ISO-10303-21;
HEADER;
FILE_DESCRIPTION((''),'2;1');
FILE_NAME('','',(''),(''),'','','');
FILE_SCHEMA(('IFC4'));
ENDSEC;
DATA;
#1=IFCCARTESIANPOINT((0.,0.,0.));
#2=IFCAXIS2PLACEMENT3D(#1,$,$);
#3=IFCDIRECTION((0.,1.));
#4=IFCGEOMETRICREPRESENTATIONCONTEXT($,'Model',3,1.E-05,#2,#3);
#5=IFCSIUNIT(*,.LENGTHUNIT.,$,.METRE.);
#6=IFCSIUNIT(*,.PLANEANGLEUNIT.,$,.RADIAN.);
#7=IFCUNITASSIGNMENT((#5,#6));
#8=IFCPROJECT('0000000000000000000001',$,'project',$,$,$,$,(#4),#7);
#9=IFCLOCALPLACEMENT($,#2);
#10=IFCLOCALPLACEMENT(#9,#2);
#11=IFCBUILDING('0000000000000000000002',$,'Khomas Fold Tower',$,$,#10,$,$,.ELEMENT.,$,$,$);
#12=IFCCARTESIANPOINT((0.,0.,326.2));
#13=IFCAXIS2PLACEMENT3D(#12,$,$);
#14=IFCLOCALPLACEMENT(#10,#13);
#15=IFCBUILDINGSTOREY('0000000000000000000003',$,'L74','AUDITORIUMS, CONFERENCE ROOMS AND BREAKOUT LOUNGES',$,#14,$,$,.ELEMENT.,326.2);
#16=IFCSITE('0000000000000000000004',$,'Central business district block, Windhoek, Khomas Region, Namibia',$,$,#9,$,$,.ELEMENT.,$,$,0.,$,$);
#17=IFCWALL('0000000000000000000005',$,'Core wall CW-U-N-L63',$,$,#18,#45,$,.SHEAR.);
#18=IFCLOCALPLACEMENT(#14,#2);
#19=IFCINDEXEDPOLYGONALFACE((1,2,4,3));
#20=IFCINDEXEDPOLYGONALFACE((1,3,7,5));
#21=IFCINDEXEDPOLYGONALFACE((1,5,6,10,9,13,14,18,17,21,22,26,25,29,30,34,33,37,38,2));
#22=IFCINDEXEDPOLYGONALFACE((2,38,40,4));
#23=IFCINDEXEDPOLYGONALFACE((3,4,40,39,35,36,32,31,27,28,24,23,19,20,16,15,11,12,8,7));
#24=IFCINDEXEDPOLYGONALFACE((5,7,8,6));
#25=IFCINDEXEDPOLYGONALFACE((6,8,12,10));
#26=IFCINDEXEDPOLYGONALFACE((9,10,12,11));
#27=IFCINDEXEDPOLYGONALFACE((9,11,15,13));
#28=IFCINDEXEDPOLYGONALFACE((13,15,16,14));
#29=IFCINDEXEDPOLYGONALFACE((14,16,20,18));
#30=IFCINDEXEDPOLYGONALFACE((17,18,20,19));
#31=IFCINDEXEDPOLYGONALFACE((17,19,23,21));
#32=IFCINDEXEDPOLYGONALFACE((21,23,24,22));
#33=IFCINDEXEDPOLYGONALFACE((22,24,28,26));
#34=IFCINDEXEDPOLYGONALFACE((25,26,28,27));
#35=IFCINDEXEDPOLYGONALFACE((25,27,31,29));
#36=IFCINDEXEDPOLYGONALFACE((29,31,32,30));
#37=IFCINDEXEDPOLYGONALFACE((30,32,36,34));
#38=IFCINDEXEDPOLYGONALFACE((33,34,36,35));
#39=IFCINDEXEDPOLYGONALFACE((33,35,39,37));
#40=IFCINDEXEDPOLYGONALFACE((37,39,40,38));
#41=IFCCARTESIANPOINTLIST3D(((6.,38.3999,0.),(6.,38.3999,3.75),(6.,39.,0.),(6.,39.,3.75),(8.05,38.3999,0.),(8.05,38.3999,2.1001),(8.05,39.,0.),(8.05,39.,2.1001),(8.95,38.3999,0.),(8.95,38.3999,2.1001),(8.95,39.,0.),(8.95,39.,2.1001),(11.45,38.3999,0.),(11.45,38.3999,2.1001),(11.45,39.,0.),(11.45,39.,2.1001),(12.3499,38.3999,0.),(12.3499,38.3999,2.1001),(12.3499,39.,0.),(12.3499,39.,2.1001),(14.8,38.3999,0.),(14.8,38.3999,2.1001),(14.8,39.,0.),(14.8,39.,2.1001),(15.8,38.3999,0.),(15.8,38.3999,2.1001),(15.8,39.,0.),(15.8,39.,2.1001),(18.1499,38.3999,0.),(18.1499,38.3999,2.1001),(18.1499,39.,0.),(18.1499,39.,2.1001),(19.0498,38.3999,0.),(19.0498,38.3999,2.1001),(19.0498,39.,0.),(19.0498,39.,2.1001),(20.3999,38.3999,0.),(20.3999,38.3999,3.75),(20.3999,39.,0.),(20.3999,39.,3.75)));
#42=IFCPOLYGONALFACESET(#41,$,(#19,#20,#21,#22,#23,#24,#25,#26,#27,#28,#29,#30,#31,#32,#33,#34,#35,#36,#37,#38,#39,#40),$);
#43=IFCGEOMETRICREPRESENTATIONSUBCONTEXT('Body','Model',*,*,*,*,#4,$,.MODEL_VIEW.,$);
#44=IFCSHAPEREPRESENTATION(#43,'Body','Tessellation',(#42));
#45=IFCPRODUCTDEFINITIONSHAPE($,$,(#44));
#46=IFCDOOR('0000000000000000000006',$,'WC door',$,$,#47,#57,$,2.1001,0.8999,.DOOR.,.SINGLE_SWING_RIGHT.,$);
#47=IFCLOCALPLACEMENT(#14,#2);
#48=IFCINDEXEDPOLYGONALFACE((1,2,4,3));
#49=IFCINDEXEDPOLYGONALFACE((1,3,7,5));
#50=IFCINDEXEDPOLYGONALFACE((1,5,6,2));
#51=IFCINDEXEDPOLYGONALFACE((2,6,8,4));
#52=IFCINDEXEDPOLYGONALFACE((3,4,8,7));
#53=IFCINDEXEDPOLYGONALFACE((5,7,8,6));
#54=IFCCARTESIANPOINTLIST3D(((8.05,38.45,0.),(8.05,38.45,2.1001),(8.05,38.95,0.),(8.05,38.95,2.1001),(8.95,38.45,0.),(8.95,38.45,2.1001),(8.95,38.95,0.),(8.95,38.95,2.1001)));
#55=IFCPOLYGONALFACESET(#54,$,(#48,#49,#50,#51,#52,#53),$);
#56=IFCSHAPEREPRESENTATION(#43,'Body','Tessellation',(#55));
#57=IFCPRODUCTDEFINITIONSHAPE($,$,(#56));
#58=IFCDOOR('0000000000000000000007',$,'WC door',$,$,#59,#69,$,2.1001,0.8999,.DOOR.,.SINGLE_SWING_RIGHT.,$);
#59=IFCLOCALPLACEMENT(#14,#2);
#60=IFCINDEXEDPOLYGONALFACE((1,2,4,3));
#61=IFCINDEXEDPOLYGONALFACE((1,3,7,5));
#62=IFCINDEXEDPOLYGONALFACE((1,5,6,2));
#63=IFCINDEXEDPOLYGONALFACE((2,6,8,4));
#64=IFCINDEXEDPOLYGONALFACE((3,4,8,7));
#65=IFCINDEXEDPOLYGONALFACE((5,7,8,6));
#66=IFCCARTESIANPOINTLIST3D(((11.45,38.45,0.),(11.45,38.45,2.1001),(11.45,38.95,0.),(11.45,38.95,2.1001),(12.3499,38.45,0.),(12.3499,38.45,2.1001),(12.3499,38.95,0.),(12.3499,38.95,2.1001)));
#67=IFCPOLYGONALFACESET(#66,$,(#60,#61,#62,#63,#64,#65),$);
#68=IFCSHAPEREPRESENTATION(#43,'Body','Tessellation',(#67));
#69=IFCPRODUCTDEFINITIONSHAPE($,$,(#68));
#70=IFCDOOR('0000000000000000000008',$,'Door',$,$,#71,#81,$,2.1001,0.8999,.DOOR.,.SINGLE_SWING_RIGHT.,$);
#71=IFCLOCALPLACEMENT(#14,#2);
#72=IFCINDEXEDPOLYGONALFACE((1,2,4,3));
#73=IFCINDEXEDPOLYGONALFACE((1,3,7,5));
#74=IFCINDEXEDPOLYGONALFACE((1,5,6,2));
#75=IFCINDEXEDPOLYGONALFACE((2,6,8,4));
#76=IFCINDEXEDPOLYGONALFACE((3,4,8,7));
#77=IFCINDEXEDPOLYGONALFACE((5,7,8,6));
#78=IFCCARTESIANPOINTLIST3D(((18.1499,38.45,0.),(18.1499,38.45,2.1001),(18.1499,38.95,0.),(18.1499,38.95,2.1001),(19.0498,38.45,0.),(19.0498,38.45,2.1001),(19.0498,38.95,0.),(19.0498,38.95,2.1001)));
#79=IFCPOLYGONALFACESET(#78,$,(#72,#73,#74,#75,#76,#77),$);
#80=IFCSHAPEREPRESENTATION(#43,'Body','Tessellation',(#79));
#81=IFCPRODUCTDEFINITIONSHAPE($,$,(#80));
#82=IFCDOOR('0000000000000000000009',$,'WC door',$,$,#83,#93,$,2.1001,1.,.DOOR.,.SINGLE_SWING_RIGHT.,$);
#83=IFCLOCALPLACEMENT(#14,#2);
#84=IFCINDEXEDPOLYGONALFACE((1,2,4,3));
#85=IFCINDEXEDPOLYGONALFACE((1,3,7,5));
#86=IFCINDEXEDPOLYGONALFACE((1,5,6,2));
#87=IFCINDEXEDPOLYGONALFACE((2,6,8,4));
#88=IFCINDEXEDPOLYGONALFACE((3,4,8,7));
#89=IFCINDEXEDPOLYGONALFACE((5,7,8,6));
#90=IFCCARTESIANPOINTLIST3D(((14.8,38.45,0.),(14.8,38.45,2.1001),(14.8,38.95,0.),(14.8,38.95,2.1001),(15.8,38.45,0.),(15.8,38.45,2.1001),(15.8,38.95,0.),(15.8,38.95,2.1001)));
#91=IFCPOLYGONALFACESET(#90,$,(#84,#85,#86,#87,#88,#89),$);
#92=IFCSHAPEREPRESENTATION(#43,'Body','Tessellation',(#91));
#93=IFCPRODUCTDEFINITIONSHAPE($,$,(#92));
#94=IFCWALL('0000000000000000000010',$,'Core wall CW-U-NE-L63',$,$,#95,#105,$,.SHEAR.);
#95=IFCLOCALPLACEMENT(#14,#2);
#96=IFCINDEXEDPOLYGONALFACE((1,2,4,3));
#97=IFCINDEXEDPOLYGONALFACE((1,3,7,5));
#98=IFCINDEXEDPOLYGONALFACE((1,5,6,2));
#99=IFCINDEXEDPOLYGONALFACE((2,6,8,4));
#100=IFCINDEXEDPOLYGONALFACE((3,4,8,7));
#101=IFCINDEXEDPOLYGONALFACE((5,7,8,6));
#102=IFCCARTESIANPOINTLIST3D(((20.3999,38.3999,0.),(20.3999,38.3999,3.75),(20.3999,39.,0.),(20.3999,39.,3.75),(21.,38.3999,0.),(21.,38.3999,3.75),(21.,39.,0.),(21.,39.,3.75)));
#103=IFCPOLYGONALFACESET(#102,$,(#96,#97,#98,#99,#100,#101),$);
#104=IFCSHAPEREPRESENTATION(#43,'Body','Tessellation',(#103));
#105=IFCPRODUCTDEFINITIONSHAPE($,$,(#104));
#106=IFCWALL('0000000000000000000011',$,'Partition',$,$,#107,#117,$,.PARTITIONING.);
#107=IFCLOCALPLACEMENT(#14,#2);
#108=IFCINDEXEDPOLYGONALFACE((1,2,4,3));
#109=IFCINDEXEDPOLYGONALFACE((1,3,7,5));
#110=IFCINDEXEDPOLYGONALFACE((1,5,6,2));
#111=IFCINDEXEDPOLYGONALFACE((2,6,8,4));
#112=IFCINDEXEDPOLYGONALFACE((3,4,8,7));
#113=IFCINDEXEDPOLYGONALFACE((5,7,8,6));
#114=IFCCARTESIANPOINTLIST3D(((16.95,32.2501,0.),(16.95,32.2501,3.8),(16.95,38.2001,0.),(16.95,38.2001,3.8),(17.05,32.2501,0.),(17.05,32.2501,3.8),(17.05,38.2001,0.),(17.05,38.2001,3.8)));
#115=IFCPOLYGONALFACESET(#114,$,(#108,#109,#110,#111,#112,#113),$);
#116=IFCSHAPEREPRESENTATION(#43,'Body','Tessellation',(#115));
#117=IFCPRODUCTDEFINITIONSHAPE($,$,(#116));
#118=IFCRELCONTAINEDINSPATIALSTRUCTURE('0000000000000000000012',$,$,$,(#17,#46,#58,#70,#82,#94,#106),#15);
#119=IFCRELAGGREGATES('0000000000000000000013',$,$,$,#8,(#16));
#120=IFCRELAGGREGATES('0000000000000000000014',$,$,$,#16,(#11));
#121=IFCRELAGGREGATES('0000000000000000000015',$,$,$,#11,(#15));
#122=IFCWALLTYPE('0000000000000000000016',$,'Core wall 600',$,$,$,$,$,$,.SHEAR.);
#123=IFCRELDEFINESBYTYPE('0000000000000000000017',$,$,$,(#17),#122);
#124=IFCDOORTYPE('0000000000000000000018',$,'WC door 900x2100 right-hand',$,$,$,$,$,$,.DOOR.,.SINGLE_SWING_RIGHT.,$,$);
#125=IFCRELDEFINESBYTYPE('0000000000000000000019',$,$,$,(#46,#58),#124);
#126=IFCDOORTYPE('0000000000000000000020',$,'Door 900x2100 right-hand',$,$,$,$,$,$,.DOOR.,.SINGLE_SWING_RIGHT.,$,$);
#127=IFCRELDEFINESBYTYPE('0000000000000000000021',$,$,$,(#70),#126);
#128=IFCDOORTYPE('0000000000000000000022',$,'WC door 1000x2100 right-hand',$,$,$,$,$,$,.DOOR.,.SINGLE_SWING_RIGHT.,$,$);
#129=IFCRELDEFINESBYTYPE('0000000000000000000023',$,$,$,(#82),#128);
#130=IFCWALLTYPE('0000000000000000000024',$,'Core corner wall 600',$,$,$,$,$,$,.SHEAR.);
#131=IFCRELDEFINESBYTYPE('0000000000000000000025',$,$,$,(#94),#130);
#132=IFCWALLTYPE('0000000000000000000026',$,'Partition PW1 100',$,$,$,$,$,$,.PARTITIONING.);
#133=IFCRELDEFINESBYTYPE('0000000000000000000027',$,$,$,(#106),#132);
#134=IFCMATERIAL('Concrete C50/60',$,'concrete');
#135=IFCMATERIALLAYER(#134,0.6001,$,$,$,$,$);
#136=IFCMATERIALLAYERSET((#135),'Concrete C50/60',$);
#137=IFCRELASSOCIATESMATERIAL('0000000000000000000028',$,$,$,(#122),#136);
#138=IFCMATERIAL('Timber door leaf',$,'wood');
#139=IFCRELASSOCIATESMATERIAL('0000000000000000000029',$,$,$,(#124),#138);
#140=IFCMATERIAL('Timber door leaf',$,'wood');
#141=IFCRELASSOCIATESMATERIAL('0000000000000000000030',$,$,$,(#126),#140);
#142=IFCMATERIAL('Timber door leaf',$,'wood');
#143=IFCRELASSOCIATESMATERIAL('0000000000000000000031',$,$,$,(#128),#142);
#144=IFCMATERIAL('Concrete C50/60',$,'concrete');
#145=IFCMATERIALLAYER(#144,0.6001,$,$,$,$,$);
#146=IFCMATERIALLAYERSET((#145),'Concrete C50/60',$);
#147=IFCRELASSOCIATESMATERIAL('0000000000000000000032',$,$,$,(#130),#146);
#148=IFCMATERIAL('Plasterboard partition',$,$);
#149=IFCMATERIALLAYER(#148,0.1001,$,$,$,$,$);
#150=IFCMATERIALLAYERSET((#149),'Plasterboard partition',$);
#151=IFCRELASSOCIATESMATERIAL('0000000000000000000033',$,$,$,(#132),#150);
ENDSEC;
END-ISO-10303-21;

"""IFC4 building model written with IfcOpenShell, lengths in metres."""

from ifc_helpers import new_model, si_unit, direction, frame, frame_2d, origin, place, context, subcontext, project, spatial, rectangle, extrude, source, transform, mapped, material, layer, layer_set, type_object, element, fill, save


model = new_model("IFC4")

# Units and contexts
model_context = context("Model", 3, precision=1e-05, world=origin(), true_north=direction((0.0, 1.0)))
body_context = subcontext(model_context, "Body", "Model", "MODEL_VIEW")
ifc_project = project(units=[si_unit("LENGTHUNIT", "METRE"), si_unit("PLANEANGLEUNIT", "RADIAN")], contexts=[model_context])

# Site, building, storey
site_placement = place(None, origin())
site = spatial("IfcSite", under=ifc_project, at=site_placement, Name="Central business district block, Windhoek, Khomas Region, Namibia", CompositionType="ELEMENT", RefElevation=0.0)
building_placement = place(site_placement, origin())
building = spatial("IfcBuilding", under=site, at=building_placement, Name="Khomas Fold Tower", CompositionType="ELEMENT")
storey_placement = place(building_placement, frame((0.0, 0.0, 326.2)))
storey = spatial("IfcBuildingStorey", under=building, at=storey_placement, Name="L74", Description="AUDITORIUMS, CONFERENCE ROOMS AND BREAKOUT LOUNGES", CompositionType="ELEMENT", Elevation=326.2)

# Wall, openings, doors
ifc_material_1 = material(Name="Concrete C50/60", Category="concrete")
ifc_layer_1 = layer(ifc_material_1, 0.6001)
ifc_layer_set_1 = layer_set([ifc_layer_1], Name="Concrete C50/60")
wall_type_1 = type_object("IfcWallType", Name="Core wall 600", PredefinedType="SHEAR", material=ifc_layer_set_1)
shared_shape_1 = source(origin(), body_context, "Body", "SweptSolid", [
    extrude(rectangle(XDim=14.3999, YDim=0.6001, at=frame_2d((7.2, 0.0))), origin(), (0.0, 0.0, 1.0), 3.75),
])
wall_1_placement = place(storey_placement, frame((6.0, 38.7, 0.0), z_axis=(0.0, 0.0, 1.0), x_axis=(1.0, 0.0, 0.0)))
wall_1 = element("IfcWall", 1, at=wall_1_placement, inside=storey, type_object=wall_type_1, Name="Core wall CW-U-N-L63", PredefinedType="SHEAR", context=body_context, shape_type="MappedRepresentation", body=[
    mapped(shared_shape_1, transform((0.0, 0.0, 0.0))),
])
shared_shape_2 = source(origin(), body_context, "Body", "SweptSolid", [
    extrude(rectangle(XDim=0.8999, YDim=2.1001, at=frame_2d((0.45, 1.05))), frame((0.0, 0.3101, 0.0), z_axis=(0.0, -1.0, 0.0), x_axis=(1.0, 0.0, 0.0)), (0.0, 0.0, 1.0), 0.6201),
])
opening_1_placement = place(wall_1_placement, frame((2.05, 0.0, 0.0)))
opening_1 = element("IfcOpeningElement", 2, at=opening_1_placement, cuts=wall_1, PredefinedType="OPENING", context=body_context, shape_type="MappedRepresentation", body=[
    mapped(shared_shape_2, transform((0.0, 0.0, 0.0))),
])
opening_2_placement = place(wall_1_placement, frame((5.45, 0.0, 0.0)))
opening_2 = element("IfcOpeningElement", 3, at=opening_2_placement, cuts=wall_1, PredefinedType="OPENING", context=body_context, shape_type="MappedRepresentation", body=[
    mapped(shared_shape_2, transform((0.0, 0.0, 0.0))),
])
shared_shape_3 = source(origin(), body_context, "Body", "SweptSolid", [
    extrude(rectangle(XDim=1.0, YDim=2.1001, at=frame_2d((0.5, 1.05))), frame((0.0, 0.3101, 0.0), z_axis=(0.0, -1.0, 0.0), x_axis=(1.0, 0.0, 0.0)), (0.0, 0.0, 1.0), 0.6201),
])
opening_3_placement = place(wall_1_placement, frame((8.8, 0.0, 0.0)))
opening_3 = element("IfcOpeningElement", 4, at=opening_3_placement, cuts=wall_1, PredefinedType="OPENING", context=body_context, shape_type="MappedRepresentation", body=[
    mapped(shared_shape_3, transform((0.0, 0.0, 0.0))),
])
opening_4_placement = place(wall_1_placement, frame((12.1499, 0.0, 0.0)))
opening_4 = element("IfcOpeningElement", 5, at=opening_4_placement, cuts=wall_1, PredefinedType="OPENING", context=body_context, shape_type="MappedRepresentation", body=[
    mapped(shared_shape_2, transform((0.0, 0.0, 0.0))),
])
ifc_material_2 = material(Name="Timber door leaf", Category="wood")
door_type_1 = type_object("IfcDoorType", Name="WC door 900x2100 right-hand", OperationType="SINGLE_SWING_RIGHT", PredefinedType="DOOR", material=ifc_material_2)
shared_shape_4 = source(origin(), body_context, "Body", "SweptSolid", [
    extrude(rectangle(XDim=0.8999, YDim=2.1001, at=frame_2d((0.45, 1.05))), frame((0.0, 0.25, 0.0), z_axis=(0.0, -1.0, 0.0), x_axis=(1.0, 0.0, 0.0)), (0.0, 0.0, 1.0), 0.5),
])
door_1_placement = place(opening_1_placement, origin())
door_1 = element("IfcDoor", 6, at=door_1_placement, inside=storey, type_object=door_type_1, Name="WC door", OperationType="SINGLE_SWING_RIGHT", OverallHeight=2.1001, OverallWidth=0.8999, PredefinedType="DOOR", context=body_context, shape_type="MappedRepresentation", body=[
    mapped(shared_shape_4, transform((0.0, 0.0, 0.0))),
])
fill(opening_1, door_1)
door_2_placement = place(opening_2_placement, origin())
door_2 = element("IfcDoor", 7, at=door_2_placement, inside=storey, type_object=door_type_1, Name="WC door", OperationType="SINGLE_SWING_RIGHT", OverallHeight=2.1001, OverallWidth=0.8999, PredefinedType="DOOR", context=body_context, shape_type="MappedRepresentation", body=[
    mapped(shared_shape_4, transform((0.0, 0.0, 0.0))),
])
fill(opening_2, door_2)
ifc_material_3 = material(Name="Timber door leaf", Category="wood")
door_type_2 = type_object("IfcDoorType", Name="Door 900x2100 right-hand", OperationType="SINGLE_SWING_RIGHT", PredefinedType="DOOR", material=ifc_material_3)
door_3_placement = place(opening_4_placement, origin())
door_3 = element("IfcDoor", 8, at=door_3_placement, inside=storey, type_object=door_type_2, Name="Door", OperationType="SINGLE_SWING_RIGHT", OverallHeight=2.1001, OverallWidth=0.8999, PredefinedType="DOOR", context=body_context, shape_type="MappedRepresentation", body=[
    mapped(shared_shape_4, transform((0.0, 0.0, 0.0))),
])
fill(opening_4, door_3)
ifc_material_4 = material(Name="Timber door leaf", Category="wood")
door_type_3 = type_object("IfcDoorType", Name="WC door 1000x2100 right-hand", OperationType="SINGLE_SWING_RIGHT", PredefinedType="DOOR", material=ifc_material_4)
shared_shape_5 = source(origin(), body_context, "Body", "SweptSolid", [
    extrude(rectangle(XDim=1.0, YDim=2.1001, at=frame_2d((0.5, 1.05))), frame((0.0, 0.25, 0.0), z_axis=(0.0, -1.0, 0.0), x_axis=(1.0, 0.0, 0.0)), (0.0, 0.0, 1.0), 0.5),
])
door_4_placement = place(opening_3_placement, origin())
door_4 = element("IfcDoor", 9, at=door_4_placement, inside=storey, type_object=door_type_3, Name="WC door", OperationType="SINGLE_SWING_RIGHT", OverallHeight=2.1001, OverallWidth=1.0, PredefinedType="DOOR", context=body_context, shape_type="MappedRepresentation", body=[
    mapped(shared_shape_5, transform((0.0, 0.0, 0.0))),
])
fill(opening_3, door_4)

# Walls
ifc_material_5 = material(Name="Concrete C50/60", Category="concrete")
ifc_layer_2 = layer(ifc_material_5, 0.6001)
ifc_layer_set_2 = layer_set([ifc_layer_2], Name="Concrete C50/60")
wall_type_2 = type_object("IfcWallType", Name="Core corner wall 600", PredefinedType="SHEAR", material=ifc_layer_set_2)
shared_shape_6 = source(origin(), body_context, "Body", "SweptSolid", [
    extrude(rectangle(XDim=0.6001, YDim=0.6001, at=frame_2d((0.3, 0.0))), origin(), (0.0, 0.0, 1.0), 3.75),
])
wall_2_placement = place(storey_placement, frame((20.3999, 38.7, 0.0), z_axis=(0.0, 0.0, 1.0), x_axis=(1.0, 0.0, 0.0)))
element("IfcWall", 10, at=wall_2_placement, inside=storey, type_object=wall_type_2, Name="Core wall CW-U-NE-L63", PredefinedType="SHEAR", context=body_context, shape_type="MappedRepresentation", body=[
    mapped(shared_shape_6, transform((0.0, 0.0, 0.0))),
])
ifc_material_6 = material(Name="Plasterboard partition")
ifc_layer_3 = layer(ifc_material_6, 0.1001)
ifc_layer_set_3 = layer_set([ifc_layer_3], Name="Plasterboard partition")
wall_type_3 = type_object("IfcWallType", Name="Partition PW1 100", PredefinedType="PARTITIONING", material=ifc_layer_set_3)
shared_shape_7 = source(origin(), body_context, "Body", "SweptSolid", [
    extrude(rectangle(XDim=5.95, YDim=0.1001, at=frame_2d((2.9751, 0.0))), origin(), (0.0, 0.0, 1.0), 3.8),
])
wall_3_placement = place(storey_placement, frame((17.0, 32.25, 0.0), z_axis=(0.0, 0.0, 1.0), x_axis=(0.0, 1.0, 0.0)))
element("IfcWall", 11, at=wall_3_placement, inside=storey, type_object=wall_type_3, Name="Partition", PredefinedType="PARTITIONING", context=body_context, shape_type="MappedRepresentation", body=[
    mapped(shared_shape_7, transform((0.0, 0.0, 0.0))),
])

save(model, "model.ifc")
